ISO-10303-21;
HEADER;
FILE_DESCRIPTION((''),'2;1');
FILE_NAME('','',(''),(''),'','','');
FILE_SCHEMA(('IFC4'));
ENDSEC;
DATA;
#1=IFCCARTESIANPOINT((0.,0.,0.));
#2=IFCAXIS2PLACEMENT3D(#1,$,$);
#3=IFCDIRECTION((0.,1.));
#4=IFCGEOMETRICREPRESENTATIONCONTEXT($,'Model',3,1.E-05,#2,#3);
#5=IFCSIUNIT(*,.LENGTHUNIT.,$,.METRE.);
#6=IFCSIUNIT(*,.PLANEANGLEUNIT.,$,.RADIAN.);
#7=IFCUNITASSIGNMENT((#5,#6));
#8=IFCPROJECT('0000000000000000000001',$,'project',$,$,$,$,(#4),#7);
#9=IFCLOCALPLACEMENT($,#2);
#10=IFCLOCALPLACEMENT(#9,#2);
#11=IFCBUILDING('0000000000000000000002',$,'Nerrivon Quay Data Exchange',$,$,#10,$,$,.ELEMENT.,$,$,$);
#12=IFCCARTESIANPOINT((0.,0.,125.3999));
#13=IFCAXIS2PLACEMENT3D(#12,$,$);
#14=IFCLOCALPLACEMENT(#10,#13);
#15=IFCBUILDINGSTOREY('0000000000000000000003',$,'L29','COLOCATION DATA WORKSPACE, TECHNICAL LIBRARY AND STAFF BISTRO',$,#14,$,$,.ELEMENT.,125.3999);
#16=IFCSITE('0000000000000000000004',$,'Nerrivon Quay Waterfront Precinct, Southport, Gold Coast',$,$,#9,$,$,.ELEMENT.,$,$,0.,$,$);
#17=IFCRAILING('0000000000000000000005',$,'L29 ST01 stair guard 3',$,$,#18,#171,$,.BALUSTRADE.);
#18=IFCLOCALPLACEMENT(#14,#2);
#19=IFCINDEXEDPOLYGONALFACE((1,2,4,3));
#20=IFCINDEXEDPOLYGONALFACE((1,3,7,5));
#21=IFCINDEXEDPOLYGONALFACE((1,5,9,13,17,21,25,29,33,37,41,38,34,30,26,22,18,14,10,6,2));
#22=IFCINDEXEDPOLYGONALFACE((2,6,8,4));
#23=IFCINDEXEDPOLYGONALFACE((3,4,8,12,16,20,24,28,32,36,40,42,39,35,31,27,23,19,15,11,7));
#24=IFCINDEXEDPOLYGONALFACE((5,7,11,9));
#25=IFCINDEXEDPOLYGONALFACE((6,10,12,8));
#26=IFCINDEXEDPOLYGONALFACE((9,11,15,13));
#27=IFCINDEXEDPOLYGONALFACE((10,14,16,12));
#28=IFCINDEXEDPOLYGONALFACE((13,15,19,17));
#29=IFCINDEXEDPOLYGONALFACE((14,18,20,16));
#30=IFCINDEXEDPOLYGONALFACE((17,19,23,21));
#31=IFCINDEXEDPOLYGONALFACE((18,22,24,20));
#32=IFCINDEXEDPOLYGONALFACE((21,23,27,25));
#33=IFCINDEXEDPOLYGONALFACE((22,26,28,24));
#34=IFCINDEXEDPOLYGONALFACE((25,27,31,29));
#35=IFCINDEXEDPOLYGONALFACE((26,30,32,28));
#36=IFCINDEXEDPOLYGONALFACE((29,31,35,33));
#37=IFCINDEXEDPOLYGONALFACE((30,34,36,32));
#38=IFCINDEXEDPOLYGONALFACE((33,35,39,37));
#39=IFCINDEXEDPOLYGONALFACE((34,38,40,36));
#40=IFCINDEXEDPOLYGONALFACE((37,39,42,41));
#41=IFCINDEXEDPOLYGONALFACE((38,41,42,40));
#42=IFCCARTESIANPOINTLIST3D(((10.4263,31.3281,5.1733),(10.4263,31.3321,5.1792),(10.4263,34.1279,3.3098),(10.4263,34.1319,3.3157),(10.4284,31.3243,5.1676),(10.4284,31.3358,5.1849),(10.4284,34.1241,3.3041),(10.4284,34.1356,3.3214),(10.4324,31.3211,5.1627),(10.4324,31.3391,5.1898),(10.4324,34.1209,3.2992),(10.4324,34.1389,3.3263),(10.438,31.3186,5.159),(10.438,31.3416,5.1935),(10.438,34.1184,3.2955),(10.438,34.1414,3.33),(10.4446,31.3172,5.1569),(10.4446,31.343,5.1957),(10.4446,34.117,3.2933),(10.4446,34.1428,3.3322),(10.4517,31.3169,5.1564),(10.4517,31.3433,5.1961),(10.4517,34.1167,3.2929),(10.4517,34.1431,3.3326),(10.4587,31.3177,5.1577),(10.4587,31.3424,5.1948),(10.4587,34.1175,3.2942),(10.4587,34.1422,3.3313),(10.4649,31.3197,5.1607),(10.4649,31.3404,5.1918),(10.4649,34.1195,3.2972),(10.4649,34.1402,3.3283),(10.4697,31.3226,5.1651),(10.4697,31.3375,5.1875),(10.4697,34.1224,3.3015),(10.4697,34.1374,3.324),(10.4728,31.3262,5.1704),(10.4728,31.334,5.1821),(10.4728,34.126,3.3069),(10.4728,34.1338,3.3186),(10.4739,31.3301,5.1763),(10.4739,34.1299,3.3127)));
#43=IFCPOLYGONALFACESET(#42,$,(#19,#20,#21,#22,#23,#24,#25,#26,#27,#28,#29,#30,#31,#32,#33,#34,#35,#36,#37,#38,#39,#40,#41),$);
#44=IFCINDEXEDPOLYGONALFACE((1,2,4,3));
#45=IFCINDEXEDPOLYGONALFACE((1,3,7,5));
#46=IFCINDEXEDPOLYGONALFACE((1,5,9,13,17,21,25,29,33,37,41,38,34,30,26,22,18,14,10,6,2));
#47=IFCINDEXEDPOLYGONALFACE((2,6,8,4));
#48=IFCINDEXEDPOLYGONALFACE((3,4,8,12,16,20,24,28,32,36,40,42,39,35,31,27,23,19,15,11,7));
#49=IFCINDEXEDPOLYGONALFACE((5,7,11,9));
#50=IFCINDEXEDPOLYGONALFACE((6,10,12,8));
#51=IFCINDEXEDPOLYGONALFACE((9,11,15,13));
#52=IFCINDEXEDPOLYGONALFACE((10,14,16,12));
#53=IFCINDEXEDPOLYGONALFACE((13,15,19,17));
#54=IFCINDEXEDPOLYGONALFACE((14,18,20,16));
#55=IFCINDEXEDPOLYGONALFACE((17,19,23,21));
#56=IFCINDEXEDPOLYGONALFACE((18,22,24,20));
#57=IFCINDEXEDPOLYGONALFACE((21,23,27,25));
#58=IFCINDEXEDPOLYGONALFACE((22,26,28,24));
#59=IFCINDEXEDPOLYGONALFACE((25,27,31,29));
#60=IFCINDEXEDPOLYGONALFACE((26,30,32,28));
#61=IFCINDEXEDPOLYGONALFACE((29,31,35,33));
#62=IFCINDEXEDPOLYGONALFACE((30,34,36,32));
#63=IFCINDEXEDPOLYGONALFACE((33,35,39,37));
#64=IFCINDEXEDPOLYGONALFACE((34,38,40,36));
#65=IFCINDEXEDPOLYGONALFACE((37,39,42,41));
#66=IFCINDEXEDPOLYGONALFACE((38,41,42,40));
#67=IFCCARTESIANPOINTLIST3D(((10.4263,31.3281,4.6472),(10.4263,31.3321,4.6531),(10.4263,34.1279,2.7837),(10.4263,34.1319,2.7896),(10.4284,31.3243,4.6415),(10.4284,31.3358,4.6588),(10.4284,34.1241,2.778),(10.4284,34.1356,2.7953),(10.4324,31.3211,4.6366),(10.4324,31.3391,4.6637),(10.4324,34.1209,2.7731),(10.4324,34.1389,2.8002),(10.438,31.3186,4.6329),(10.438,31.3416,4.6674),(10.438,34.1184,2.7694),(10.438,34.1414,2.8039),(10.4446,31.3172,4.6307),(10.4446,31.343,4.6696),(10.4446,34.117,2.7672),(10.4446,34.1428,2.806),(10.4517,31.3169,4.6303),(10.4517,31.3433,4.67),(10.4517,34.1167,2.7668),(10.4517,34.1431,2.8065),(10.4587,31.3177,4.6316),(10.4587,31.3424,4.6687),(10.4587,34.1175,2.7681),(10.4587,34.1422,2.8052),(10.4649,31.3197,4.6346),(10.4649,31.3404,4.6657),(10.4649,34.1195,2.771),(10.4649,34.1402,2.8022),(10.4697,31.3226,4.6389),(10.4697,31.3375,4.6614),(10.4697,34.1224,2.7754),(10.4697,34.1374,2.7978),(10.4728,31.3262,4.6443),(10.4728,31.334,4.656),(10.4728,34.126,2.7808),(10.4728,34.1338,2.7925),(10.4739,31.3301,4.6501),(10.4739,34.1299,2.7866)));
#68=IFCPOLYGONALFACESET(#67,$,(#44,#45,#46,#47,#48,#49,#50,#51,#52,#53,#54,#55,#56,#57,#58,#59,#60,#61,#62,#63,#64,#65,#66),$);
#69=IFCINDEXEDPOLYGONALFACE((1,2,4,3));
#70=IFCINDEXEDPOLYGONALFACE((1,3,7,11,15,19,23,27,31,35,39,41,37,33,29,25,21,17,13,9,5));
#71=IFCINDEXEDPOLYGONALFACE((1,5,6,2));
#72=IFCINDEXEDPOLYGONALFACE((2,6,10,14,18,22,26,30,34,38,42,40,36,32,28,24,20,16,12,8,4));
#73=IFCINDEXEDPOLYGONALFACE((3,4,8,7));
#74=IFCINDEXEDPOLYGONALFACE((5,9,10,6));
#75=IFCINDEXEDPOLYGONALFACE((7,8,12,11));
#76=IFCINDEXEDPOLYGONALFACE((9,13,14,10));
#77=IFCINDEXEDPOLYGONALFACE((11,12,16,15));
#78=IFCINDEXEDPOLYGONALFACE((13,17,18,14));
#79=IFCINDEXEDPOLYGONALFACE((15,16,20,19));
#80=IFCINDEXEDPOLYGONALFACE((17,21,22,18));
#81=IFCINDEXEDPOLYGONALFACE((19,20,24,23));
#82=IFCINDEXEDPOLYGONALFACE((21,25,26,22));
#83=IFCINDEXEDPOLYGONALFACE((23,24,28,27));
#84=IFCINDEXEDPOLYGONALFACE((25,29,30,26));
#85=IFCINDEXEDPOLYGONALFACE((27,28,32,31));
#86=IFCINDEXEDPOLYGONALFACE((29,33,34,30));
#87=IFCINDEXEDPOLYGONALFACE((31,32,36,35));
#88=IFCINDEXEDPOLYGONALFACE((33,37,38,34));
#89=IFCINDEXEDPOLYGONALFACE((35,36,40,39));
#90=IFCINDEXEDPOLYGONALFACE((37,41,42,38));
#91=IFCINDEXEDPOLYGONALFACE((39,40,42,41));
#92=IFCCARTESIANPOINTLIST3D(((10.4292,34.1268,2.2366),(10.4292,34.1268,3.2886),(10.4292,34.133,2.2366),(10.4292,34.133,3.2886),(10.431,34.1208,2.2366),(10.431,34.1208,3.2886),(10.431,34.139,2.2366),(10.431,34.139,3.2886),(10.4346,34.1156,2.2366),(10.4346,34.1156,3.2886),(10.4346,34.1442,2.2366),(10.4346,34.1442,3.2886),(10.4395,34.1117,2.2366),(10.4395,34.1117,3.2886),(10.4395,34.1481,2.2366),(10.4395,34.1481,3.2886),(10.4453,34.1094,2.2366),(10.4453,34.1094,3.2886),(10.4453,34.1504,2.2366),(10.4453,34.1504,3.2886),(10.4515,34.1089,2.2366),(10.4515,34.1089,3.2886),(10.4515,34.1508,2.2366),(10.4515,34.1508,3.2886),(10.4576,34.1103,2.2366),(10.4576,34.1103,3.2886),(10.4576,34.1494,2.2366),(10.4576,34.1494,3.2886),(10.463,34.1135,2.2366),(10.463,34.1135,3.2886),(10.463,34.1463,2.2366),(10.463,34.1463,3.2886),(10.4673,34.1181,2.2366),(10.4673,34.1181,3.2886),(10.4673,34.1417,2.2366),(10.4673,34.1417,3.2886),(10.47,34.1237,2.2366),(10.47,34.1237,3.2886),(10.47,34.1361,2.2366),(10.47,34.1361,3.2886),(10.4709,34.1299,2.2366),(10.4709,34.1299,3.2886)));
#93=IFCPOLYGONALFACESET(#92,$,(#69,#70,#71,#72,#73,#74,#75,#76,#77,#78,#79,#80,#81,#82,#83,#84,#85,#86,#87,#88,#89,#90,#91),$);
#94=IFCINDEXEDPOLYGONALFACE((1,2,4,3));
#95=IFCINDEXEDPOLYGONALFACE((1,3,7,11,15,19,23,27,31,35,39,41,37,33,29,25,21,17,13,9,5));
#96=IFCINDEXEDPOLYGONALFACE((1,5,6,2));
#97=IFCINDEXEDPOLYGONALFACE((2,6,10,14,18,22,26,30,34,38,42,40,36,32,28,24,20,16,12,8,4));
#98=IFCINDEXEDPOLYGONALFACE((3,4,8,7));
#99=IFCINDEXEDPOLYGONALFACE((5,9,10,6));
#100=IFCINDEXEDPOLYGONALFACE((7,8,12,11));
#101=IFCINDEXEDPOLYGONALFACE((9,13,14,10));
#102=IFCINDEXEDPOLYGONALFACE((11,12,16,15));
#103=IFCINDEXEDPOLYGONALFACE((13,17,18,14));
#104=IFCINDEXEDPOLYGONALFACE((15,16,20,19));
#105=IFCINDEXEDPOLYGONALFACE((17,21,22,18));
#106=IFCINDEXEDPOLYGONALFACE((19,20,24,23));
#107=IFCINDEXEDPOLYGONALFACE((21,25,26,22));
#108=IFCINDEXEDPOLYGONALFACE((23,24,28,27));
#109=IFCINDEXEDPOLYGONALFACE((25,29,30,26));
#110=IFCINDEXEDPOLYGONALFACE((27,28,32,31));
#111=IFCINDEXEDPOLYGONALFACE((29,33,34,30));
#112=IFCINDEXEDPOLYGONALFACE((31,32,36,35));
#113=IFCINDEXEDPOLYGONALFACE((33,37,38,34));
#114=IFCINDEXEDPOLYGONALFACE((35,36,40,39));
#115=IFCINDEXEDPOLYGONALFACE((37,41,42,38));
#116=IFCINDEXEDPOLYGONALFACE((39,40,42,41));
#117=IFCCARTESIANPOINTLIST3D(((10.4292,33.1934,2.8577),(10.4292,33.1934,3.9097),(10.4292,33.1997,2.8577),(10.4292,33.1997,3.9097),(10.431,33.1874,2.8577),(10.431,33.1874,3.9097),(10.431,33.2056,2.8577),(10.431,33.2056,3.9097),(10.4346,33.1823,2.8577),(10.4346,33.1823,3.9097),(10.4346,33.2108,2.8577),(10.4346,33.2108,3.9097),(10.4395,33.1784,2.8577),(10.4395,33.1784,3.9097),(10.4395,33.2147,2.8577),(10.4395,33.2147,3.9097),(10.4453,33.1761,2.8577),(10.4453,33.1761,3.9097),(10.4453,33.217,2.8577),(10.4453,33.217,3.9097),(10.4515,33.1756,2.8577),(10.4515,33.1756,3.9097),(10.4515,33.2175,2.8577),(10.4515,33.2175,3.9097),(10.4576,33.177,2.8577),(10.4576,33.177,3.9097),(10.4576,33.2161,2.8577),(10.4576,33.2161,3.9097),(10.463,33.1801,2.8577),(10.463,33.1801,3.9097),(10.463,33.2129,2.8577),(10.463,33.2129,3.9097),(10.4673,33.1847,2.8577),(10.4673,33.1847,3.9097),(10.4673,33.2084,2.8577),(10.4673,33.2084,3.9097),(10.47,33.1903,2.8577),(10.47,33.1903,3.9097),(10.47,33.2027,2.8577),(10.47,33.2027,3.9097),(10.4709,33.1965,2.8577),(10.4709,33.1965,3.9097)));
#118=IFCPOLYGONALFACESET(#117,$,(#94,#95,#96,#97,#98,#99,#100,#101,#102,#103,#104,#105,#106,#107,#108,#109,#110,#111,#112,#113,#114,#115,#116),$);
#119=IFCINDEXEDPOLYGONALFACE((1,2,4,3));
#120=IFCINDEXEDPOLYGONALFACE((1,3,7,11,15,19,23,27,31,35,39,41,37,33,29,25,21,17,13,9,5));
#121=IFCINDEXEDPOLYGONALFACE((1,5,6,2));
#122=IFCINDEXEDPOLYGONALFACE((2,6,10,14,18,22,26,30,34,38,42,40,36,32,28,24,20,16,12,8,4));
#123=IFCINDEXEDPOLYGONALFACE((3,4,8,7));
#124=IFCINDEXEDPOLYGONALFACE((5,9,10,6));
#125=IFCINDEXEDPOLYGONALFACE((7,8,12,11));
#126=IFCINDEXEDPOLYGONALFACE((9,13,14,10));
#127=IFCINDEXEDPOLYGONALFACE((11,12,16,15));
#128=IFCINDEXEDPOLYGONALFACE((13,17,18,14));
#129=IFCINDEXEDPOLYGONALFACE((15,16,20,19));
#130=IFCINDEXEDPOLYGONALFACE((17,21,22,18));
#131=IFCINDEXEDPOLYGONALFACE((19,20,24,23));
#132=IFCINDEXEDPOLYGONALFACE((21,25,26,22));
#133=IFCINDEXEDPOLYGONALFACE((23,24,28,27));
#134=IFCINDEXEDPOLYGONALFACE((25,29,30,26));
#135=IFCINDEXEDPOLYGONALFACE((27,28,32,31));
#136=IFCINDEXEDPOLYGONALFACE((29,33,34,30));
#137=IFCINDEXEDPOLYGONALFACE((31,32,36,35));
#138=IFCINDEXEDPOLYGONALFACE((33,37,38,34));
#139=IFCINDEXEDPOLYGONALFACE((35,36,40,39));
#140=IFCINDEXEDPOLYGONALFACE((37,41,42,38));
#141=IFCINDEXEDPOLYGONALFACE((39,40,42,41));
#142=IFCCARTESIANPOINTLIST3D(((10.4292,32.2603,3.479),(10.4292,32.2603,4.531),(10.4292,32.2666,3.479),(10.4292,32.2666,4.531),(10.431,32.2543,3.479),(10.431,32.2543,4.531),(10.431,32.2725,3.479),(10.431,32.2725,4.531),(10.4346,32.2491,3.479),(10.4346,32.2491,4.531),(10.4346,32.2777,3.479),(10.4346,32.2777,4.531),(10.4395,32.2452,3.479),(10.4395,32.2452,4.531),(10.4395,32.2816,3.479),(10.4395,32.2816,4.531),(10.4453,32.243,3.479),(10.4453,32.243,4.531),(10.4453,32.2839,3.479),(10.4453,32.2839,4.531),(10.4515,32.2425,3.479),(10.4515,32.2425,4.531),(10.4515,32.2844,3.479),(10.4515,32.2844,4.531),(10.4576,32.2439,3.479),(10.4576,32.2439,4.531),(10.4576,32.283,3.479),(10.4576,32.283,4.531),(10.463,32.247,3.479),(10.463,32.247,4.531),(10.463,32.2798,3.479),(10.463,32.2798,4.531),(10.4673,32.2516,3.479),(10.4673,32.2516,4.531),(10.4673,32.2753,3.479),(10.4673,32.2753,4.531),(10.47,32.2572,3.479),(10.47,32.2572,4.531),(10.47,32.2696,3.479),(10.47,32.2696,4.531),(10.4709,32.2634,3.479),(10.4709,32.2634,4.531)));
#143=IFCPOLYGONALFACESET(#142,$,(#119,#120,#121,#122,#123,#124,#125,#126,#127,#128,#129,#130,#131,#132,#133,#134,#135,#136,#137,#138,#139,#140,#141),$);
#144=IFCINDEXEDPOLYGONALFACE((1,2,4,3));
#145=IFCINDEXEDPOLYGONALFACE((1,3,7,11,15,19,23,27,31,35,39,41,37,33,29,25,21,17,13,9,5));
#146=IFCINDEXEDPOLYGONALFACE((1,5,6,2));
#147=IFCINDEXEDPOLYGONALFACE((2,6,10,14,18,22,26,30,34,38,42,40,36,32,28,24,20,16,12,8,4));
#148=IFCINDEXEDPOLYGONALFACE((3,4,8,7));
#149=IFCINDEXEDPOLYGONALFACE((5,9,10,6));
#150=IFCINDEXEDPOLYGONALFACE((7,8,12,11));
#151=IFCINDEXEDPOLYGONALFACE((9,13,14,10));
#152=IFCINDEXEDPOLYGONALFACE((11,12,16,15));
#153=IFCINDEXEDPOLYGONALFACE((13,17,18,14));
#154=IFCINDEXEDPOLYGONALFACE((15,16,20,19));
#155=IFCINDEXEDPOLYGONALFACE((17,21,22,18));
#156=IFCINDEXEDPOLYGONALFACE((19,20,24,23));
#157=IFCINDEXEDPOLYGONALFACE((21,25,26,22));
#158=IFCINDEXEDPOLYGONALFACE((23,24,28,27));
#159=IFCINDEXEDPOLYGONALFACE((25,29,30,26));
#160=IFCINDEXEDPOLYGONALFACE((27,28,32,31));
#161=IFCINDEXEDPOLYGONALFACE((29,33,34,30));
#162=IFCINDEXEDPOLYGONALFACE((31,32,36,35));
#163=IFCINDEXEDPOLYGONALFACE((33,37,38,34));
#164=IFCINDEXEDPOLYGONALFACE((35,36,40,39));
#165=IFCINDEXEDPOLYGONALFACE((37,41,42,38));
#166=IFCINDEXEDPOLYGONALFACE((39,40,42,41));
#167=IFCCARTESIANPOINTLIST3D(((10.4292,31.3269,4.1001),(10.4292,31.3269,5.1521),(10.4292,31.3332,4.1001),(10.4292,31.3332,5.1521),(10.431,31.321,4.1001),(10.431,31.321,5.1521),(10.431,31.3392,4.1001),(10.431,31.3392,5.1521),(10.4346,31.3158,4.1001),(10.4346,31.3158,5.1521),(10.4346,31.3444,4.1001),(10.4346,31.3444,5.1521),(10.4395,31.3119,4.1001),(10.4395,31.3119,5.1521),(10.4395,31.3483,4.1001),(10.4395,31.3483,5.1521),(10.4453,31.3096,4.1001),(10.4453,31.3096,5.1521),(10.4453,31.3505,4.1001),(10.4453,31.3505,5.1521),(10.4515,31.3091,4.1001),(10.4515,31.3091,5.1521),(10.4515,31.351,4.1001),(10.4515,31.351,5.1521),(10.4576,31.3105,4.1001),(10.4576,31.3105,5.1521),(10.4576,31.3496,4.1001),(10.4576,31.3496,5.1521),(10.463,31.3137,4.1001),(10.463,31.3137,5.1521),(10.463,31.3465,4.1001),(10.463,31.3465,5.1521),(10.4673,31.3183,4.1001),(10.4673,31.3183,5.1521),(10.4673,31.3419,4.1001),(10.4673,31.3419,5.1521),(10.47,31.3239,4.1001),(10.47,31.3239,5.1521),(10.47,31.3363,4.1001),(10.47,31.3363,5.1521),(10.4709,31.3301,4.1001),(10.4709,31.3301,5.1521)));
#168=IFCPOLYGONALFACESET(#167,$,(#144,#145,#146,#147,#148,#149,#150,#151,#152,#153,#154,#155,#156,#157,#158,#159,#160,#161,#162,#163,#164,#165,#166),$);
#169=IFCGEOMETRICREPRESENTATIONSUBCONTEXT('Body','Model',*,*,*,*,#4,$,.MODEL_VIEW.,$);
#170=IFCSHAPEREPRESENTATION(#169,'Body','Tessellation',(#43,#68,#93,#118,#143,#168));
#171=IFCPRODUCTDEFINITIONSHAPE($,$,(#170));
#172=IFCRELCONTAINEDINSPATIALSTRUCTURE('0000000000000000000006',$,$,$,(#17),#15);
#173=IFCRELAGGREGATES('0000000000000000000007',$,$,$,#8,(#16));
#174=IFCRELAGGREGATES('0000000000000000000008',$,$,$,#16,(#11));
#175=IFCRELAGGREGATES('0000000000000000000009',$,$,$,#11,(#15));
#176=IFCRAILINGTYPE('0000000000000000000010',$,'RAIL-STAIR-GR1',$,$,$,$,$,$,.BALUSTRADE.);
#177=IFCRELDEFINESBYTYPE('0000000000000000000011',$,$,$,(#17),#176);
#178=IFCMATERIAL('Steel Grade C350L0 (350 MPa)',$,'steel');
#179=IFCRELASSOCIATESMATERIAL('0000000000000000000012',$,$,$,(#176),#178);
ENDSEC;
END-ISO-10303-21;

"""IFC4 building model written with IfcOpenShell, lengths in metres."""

from ifc_helpers import new_model, si_unit, direction, frame, origin, origin_2d, place, context, subcontext, project, spatial, circle, extrude, material, type_object, element, save


model = new_model("IFC4")

# Units and contexts
model_context = context("Model", 3, precision=1e-05, world=origin(), true_north=direction((0.0, 1.0)))
body_context = subcontext(model_context, "Body", "Model", "MODEL_VIEW")
ifc_project = project(units=[si_unit("LENGTHUNIT", "METRE"), si_unit("PLANEANGLEUNIT", "RADIAN")], contexts=[model_context])

# Site, building, storey
site_placement = place(None, origin())
site = spatial("IfcSite", under=ifc_project, at=site_placement, Name="Nerrivon Quay Waterfront Precinct, Southport, Gold Coast", CompositionType="ELEMENT", RefElevation=0.0)
building_placement = place(site_placement, origin())
building = spatial("IfcBuilding", under=site, at=building_placement, Name="Nerrivon Quay Data Exchange", CompositionType="ELEMENT")
storey_placement = place(building_placement, frame((0.0, 0.0, 125.3999)))
storey = spatial("IfcBuildingStorey", under=building, at=storey_placement, Name="L29", Description="COLOCATION DATA WORKSPACE, TECHNICAL LIBRARY AND STAFF BISTRO", CompositionType="ELEMENT", Elevation=125.3999)

# Railing
ifc_material_1 = material(Name="Steel Grade C350L0 (350 MPa)", Category="steel")
railing_type_1 = type_object("IfcRailingType", Name="RAIL-STAIR-GR1", PredefinedType="BALUSTRADE", material=ifc_material_1)
railing_1_placement = place(storey_placement, frame((10.45, 34.1299, 2.2366)))
element("IfcRailing", 1, at=railing_1_placement, inside=storey, type_object=railing_type_1, Name="L29 ST01 stair guard 3", PredefinedType="BALUSTRADE", context=body_context, shape_type="SweptSolid", body=[
    extrude(circle(Radius=0.0239, at=origin_2d()), frame((0.0, 0.0, 1.0762), z_axis=(0.0, -0.832463, 0.55408), x_axis=(1.0, 0.0, 0.0)), (0.0, 0.0, 1.0), 3.3633),
    extrude(circle(Radius=0.0239, at=origin_2d()), frame((0.0, 0.0, 0.55), z_axis=(0.0, -0.832463, 0.55408), x_axis=(1.0, 0.0, 0.0)), (0.0, 0.0, 1.0), 3.3633),
    extrude(circle(Radius=0.021, at=origin_2d()), origin(), (0.0, 0.0, 1.0), 1.052),
    extrude(circle(Radius=0.021, at=origin_2d()), frame((0.0, -0.9333, 0.6211)), (0.0, 0.0, 1.0), 1.052),
    extrude(circle(Radius=0.021, at=origin_2d()), frame((0.0, -1.8665, 1.2424)), (0.0, 0.0, 1.0), 1.052),
    extrude(circle(Radius=0.021, at=origin_2d()), frame((0.0, -2.7998, 1.8635)), (0.0, 0.0, 1.0), 1.052),
])

save(model, "model.ifc")
